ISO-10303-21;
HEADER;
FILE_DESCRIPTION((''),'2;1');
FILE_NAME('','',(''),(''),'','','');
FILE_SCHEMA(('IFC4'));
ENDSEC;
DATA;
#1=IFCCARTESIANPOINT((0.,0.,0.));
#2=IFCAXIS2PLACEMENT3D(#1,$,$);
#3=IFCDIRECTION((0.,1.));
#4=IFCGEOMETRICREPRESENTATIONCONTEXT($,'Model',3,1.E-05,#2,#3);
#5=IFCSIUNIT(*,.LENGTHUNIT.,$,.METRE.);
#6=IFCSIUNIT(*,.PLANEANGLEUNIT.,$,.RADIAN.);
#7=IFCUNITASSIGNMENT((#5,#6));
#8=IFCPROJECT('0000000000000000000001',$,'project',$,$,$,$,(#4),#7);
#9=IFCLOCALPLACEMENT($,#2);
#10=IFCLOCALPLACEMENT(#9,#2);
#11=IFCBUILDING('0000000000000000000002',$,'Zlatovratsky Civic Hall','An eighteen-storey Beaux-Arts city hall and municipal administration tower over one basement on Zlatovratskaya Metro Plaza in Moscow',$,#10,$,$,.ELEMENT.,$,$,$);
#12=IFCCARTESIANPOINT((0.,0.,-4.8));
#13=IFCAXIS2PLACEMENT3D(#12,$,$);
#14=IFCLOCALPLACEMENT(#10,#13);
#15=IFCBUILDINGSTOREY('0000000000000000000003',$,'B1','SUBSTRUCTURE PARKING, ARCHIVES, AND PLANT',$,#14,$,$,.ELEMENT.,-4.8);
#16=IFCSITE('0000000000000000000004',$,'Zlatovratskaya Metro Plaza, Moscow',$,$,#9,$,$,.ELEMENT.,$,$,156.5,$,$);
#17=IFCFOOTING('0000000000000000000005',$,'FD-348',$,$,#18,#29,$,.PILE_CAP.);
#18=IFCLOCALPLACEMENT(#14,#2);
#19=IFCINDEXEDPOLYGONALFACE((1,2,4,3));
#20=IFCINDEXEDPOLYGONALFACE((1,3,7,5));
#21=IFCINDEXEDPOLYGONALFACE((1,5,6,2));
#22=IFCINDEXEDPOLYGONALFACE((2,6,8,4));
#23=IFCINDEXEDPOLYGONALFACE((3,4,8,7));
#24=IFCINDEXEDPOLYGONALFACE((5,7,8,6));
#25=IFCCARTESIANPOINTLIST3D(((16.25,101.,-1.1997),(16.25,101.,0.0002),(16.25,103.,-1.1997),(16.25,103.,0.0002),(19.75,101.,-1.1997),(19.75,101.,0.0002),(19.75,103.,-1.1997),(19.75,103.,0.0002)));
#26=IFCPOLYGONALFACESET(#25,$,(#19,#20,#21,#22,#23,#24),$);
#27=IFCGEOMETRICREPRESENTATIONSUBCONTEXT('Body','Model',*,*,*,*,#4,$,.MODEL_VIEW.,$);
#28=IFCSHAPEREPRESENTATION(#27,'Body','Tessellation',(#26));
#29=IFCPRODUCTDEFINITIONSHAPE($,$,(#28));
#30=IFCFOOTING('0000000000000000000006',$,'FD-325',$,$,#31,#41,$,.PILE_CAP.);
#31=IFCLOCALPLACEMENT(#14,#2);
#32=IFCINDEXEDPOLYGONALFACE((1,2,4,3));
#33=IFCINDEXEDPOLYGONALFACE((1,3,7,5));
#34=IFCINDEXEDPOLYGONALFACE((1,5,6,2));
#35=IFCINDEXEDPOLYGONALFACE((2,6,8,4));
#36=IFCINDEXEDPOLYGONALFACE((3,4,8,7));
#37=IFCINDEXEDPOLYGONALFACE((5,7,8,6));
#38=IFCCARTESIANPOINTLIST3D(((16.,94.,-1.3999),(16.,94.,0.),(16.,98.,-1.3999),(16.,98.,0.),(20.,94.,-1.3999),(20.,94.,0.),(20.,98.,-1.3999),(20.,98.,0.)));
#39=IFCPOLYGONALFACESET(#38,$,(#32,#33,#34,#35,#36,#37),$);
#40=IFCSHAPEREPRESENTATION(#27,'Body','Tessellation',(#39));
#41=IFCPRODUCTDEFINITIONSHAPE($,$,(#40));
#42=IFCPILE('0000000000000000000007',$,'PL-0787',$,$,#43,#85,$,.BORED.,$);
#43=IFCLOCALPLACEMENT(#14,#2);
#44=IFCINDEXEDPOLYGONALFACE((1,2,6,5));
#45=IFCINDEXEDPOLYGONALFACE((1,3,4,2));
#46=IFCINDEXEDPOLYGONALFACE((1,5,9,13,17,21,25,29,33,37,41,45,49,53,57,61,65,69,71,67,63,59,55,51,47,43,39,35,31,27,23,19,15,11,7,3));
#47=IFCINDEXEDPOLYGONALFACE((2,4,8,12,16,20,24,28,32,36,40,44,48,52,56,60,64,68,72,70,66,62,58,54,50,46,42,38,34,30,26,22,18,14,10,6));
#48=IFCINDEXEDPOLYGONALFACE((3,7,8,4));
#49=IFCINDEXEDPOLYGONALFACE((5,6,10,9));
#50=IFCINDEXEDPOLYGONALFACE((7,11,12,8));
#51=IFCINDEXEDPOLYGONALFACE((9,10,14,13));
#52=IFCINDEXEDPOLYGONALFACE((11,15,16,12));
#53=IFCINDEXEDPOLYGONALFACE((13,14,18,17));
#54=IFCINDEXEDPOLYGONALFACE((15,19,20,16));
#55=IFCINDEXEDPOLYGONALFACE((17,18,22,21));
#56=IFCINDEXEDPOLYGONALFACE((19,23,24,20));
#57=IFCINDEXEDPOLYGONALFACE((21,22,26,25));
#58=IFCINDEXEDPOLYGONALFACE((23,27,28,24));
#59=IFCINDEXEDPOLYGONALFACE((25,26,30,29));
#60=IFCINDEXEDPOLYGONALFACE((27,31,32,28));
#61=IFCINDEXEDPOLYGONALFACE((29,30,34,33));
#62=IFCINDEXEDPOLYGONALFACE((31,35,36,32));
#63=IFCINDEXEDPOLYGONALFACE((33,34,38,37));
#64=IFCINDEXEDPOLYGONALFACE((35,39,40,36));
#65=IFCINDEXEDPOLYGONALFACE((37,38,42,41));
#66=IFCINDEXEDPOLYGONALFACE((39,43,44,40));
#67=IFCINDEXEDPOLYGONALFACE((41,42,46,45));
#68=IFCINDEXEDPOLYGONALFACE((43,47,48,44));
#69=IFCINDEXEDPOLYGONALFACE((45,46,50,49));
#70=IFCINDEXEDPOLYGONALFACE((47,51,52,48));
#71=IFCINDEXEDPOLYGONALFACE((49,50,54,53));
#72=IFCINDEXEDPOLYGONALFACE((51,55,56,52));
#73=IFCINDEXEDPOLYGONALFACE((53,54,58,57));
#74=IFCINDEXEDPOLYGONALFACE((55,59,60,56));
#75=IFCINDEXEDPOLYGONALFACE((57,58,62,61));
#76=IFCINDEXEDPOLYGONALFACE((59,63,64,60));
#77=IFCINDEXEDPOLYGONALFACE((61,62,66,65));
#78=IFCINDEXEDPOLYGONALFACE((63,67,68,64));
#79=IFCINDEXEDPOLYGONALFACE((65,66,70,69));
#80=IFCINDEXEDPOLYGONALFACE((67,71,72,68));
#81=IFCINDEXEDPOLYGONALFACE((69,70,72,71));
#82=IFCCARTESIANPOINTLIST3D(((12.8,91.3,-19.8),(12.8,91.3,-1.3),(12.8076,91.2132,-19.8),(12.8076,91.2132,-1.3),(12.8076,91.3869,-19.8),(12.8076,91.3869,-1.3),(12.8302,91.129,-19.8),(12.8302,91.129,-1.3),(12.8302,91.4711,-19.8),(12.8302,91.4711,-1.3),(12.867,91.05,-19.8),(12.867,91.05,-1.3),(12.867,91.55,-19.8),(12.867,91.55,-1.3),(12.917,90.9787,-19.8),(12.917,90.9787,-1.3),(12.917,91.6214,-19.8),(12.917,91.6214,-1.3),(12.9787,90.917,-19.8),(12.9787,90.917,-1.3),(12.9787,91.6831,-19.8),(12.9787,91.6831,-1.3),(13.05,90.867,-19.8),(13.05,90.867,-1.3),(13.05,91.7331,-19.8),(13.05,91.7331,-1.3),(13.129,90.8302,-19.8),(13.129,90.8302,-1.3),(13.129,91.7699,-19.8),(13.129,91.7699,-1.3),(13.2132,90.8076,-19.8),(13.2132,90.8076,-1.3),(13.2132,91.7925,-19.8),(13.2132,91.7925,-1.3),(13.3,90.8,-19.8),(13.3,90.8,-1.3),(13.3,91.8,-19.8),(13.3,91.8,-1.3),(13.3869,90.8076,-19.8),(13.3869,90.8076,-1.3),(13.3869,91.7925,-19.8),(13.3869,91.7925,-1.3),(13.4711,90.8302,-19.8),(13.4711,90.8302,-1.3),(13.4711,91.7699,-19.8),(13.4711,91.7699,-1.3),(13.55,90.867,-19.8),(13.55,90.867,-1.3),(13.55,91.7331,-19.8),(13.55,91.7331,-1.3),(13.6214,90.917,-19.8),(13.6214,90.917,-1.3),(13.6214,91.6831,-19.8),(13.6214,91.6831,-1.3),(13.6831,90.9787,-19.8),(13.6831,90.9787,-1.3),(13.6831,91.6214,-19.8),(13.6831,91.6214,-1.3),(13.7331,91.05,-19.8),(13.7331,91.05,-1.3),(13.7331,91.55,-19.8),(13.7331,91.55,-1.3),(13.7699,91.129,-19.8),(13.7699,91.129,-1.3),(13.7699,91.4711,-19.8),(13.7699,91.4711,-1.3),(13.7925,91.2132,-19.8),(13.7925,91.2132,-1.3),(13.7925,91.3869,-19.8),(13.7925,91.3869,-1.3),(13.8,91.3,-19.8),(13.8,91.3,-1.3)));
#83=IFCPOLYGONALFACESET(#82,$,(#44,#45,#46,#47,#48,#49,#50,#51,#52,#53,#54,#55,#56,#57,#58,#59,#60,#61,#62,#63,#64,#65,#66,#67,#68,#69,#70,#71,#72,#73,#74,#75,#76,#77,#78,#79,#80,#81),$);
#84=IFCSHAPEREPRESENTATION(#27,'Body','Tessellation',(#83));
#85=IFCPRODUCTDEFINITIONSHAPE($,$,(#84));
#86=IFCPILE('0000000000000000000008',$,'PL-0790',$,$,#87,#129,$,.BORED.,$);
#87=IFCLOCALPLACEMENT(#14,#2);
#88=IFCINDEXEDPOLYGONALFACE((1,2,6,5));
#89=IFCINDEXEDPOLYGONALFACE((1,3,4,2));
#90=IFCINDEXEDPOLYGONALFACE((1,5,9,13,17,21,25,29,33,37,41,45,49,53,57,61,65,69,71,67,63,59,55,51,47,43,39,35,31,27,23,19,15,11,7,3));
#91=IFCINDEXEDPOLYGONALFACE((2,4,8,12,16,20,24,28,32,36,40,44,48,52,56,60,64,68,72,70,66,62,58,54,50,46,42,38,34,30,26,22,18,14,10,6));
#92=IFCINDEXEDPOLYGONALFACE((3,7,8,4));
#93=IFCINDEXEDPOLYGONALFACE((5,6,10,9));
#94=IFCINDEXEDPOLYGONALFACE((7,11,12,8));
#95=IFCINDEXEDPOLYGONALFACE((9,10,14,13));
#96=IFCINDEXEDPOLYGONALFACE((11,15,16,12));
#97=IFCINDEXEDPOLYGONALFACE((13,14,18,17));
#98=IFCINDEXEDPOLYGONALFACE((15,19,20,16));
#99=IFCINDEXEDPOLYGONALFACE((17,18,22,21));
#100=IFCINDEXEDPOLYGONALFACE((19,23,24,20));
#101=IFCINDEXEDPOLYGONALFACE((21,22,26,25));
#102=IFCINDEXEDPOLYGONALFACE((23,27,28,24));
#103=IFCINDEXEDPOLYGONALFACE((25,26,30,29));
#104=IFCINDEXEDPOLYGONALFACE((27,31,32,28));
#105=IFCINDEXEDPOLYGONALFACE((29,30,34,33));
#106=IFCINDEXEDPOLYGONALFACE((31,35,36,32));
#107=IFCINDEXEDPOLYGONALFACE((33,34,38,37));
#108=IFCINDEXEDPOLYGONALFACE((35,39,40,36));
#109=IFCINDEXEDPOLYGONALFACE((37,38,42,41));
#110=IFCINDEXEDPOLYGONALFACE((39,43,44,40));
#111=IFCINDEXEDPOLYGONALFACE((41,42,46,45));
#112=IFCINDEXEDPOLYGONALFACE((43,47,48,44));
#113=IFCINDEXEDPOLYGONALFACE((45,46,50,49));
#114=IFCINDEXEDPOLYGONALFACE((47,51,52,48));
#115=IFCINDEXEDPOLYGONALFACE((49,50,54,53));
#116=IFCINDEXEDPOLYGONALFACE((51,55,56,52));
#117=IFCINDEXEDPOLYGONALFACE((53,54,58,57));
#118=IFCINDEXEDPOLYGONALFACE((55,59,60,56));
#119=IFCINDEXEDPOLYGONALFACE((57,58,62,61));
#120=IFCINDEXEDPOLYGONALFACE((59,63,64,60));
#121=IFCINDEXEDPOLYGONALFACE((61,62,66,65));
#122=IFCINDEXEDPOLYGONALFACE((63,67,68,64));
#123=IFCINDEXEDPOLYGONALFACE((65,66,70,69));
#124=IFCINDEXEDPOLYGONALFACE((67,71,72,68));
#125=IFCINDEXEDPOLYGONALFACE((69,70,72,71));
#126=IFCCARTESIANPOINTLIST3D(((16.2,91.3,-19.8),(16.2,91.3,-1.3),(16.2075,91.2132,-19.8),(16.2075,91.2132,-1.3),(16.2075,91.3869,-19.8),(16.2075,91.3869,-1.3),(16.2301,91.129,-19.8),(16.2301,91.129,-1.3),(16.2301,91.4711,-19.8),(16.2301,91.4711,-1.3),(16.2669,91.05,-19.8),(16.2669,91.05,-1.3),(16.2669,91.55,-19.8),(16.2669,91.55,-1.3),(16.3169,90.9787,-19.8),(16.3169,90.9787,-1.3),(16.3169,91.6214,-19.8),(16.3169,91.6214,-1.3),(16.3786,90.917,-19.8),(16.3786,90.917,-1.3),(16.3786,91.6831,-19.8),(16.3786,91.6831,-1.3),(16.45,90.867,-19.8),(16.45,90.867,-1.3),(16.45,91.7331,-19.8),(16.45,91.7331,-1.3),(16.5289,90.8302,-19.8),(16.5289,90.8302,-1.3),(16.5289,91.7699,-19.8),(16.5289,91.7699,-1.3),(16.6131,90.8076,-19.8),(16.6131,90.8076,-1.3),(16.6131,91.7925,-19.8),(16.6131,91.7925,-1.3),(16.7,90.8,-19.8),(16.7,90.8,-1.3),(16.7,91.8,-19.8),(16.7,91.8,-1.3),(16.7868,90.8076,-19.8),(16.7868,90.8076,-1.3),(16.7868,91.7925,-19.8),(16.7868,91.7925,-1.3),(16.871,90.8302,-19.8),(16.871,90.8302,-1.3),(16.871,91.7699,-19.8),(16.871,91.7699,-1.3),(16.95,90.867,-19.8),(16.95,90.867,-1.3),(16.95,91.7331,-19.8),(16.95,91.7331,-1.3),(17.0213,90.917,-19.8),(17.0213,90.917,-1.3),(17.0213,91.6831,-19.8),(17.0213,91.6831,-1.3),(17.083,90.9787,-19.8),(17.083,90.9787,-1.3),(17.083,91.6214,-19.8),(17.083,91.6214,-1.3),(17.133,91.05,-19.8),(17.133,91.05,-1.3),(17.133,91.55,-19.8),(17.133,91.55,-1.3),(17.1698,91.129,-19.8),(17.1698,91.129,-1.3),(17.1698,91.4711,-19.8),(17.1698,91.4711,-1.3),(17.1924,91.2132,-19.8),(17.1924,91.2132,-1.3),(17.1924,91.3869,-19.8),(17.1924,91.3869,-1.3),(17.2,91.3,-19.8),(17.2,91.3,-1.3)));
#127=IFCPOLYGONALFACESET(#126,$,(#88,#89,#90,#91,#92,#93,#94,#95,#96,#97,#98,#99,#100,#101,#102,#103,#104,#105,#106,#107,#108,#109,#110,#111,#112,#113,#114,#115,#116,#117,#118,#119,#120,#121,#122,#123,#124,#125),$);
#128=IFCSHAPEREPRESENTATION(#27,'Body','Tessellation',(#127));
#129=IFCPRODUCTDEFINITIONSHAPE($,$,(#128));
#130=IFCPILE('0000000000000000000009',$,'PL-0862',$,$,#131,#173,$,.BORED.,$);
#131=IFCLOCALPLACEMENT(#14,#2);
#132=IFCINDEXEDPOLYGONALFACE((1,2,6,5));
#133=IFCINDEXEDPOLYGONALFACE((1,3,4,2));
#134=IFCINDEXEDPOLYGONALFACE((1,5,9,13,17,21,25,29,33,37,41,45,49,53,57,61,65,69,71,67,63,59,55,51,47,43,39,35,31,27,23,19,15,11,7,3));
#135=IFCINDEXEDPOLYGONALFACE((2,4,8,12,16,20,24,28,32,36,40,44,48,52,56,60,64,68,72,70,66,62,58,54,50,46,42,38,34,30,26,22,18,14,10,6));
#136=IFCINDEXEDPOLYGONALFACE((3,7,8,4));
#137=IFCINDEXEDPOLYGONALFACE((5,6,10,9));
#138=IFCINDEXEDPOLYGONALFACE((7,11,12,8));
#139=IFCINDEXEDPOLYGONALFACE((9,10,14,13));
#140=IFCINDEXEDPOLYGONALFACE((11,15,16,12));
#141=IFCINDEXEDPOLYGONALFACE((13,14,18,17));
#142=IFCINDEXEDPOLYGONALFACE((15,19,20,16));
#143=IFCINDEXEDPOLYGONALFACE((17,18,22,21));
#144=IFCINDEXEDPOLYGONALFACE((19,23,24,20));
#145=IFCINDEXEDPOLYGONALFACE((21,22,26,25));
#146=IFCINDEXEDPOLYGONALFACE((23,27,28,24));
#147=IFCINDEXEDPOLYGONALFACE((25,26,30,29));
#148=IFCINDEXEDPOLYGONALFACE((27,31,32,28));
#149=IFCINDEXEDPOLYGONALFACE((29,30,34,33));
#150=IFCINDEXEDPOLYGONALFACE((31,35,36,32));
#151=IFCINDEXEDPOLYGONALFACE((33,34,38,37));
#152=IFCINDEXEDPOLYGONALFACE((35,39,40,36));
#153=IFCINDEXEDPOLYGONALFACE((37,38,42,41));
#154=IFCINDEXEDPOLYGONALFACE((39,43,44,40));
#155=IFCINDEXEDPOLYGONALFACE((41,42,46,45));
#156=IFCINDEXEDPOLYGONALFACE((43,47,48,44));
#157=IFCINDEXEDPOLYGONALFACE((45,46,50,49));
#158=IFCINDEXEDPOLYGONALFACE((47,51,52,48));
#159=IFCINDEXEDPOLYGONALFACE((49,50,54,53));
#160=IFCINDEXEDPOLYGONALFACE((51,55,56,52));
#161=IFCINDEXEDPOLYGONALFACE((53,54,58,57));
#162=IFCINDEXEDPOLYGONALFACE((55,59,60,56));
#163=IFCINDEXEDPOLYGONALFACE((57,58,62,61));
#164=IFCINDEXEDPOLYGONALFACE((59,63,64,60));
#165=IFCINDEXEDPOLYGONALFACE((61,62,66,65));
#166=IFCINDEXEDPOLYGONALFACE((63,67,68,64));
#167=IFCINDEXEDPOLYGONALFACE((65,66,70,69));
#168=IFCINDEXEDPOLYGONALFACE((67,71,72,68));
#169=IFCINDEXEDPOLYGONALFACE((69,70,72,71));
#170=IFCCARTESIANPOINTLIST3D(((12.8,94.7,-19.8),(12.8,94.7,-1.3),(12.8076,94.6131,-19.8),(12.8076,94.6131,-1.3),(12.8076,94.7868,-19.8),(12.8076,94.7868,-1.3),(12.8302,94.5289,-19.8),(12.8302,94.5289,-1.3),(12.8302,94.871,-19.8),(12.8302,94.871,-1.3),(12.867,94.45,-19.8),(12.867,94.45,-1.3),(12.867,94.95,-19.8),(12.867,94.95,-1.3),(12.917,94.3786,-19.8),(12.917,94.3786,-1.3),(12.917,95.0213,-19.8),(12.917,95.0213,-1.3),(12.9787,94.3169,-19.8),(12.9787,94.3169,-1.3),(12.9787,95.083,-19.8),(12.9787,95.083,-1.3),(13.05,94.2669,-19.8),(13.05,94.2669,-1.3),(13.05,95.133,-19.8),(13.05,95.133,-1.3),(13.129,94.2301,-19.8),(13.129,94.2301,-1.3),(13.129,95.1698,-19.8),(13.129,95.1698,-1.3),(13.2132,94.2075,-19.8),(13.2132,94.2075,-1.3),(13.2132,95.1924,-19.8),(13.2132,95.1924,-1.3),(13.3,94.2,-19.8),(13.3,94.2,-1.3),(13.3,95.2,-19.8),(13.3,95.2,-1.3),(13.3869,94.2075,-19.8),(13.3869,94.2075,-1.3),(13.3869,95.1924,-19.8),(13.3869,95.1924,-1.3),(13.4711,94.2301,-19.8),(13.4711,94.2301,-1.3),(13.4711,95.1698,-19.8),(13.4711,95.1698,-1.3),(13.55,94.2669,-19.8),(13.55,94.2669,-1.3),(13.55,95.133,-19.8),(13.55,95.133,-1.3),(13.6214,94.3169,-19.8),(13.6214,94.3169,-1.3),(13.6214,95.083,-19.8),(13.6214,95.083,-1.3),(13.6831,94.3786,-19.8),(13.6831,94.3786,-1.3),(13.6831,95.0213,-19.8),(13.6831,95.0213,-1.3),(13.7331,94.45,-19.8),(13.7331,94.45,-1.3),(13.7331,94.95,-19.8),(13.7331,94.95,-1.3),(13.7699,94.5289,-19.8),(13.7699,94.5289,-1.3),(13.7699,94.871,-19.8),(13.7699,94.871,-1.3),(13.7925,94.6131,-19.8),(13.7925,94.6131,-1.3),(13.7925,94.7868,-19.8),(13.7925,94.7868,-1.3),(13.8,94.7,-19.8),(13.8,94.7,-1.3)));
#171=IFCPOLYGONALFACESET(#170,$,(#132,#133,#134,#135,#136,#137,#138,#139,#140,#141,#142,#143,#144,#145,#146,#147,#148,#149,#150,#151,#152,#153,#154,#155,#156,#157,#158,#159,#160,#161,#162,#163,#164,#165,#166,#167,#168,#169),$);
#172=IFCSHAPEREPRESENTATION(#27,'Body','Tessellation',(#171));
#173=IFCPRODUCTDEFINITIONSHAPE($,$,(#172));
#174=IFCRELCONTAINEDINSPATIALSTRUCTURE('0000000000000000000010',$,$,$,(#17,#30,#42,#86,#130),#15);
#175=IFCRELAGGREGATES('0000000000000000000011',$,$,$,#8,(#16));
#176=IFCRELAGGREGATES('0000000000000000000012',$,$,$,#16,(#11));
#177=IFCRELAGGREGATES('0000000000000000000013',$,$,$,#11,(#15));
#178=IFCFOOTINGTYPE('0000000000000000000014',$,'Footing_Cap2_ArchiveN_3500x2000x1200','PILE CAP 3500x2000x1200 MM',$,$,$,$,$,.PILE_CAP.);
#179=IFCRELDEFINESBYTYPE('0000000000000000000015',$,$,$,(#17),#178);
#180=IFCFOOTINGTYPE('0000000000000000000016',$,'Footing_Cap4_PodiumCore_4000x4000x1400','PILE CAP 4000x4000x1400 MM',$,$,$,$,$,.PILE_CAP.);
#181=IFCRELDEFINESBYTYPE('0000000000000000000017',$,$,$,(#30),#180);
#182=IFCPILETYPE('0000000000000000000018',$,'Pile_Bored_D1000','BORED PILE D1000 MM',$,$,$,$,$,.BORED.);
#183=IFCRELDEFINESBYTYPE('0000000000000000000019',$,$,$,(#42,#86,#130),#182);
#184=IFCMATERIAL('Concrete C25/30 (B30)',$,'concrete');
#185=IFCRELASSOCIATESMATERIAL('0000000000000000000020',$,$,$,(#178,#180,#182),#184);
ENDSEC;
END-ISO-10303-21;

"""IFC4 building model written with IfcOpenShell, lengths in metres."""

from ifc_helpers import new_model, si_unit, direction, frame, origin, origin_2d, place, context, subcontext, project, spatial, rectangle, circle, extrude, material, material_profile, profile_set, type_object, element, save


model = new_model("IFC4")

# Units and contexts
model_context = context("Model", 3, precision=1e-05, world=origin(), true_north=direction((0.0, 1.0)))
body_context = subcontext(model_context, "Body", "Model", "MODEL_VIEW")
ifc_project = project(units=[si_unit("LENGTHUNIT", "METRE"), si_unit("PLANEANGLEUNIT", "RADIAN")], contexts=[model_context])

# Site, building, storey
site_placement = place(None, origin())
site = spatial("IfcSite", under=ifc_project, at=site_placement, Name="Zlatovratskaya Metro Plaza, Moscow", CompositionType="ELEMENT", RefElevation=156.5)
building_placement = place(site_placement, origin())
building = spatial("IfcBuilding", under=site, at=building_placement, Name="Zlatovratsky Civic Hall", Description="An eighteen-storey Beaux-Arts city hall and municipal administration tower over one basement on Zlatovratskaya Metro Plaza in Moscow", CompositionType="ELEMENT")
storey_placement = place(building_placement, frame((0.0, 0.0, -4.8)))
storey = spatial("IfcBuildingStorey", under=building, at=storey_placement, Name="B1", Description="SUBSTRUCTURE PARKING, ARCHIVES, AND PLANT", CompositionType="ELEMENT", Elevation=-4.8)

# Footings
ifc_material_1 = material(Name="Concrete C25/30 (B30)", Category="concrete")
footing_type_1 = type_object("IfcFootingType", Name="Footing_Cap2_ArchiveN_3500x2000x1200", Description="PILE CAP 3500x2000x1200 MM", PredefinedType="PILE_CAP", material=ifc_material_1)
footing_1_placement = place(storey_placement, frame((18.0, 102.0, -1.1997), z_axis=(0.0, 0.0, 1.0), x_axis=(1.0, 0.0, 0.0)))
element("IfcFooting", 1, at=footing_1_placement, inside=storey, type_object=footing_type_1, Name="FD-348", PredefinedType="PILE_CAP", context=body_context, shape_type="SweptSolid", body=[
    extrude(rectangle(XDim=3.5, YDim=2.0, at=origin_2d()), origin(), (0.0, 0.0, 1.0), 1.2),
])
footing_type_2 = type_object("IfcFootingType", Name="Footing_Cap4_PodiumCore_4000x4000x1400", Description="PILE CAP 4000x4000x1400 MM", PredefinedType="PILE_CAP", material=ifc_material_1)
footing_2_placement = place(storey_placement, frame((18.0, 96.0, -1.3999), z_axis=(0.0, 0.0, 1.0), x_axis=(1.0, 0.0, 0.0)))
element("IfcFooting", 2, at=footing_2_placement, inside=storey, type_object=footing_type_2, Name="FD-325", PredefinedType="PILE_CAP", context=body_context, shape_type="SweptSolid", body=[
    extrude(rectangle(XDim=4.0, YDim=4.0, at=origin_2d()), origin(), (0.0, 0.0, 1.0), 1.3999),
])

# Piles
ifc_material_profile_1 = material_profile(ifc_material_1, circle(Radius=0.5, at=origin_2d()), Name="PILE D1000")
ifc_profile_set_1 = profile_set([ifc_material_profile_1], Name="Concrete C25/30 (B30)")
pile_type_1 = type_object("IfcPileType", Name="Pile_Bored_D1000", Description="BORED PILE D1000 MM", PredefinedType="BORED", material=ifc_profile_set_1)
for number, where, z_axis, x_axis, name in (
    (3, (13.3, 91.3, -1.3), (0.0, 0.0, -1.0), (1.0, 0.0, 0.0), "PL-0787"),
    (4, (16.7, 91.3, -1.3), (0.0, 0.0, -1.0), (1.0, 0.0, 0.0), "PL-0790"),
    (5, (13.3, 94.7, -1.3), (0.0, 0.0, -1.0), (1.0, 0.0, 0.0), "PL-0862"),
):
    element("IfcPile", number, at=place(storey_placement, frame(where, z_axis=z_axis, x_axis=x_axis)), inside=storey, type_object=pile_type_1, Name=name, PredefinedType="BORED", context=body_context, shape_type="SweptSolid", body=[
        extrude(circle(Radius=0.5, at=origin_2d()), origin(), (0.0, 0.0, 1.0), 18.5),
    ])

save(model, "model.ifc")
